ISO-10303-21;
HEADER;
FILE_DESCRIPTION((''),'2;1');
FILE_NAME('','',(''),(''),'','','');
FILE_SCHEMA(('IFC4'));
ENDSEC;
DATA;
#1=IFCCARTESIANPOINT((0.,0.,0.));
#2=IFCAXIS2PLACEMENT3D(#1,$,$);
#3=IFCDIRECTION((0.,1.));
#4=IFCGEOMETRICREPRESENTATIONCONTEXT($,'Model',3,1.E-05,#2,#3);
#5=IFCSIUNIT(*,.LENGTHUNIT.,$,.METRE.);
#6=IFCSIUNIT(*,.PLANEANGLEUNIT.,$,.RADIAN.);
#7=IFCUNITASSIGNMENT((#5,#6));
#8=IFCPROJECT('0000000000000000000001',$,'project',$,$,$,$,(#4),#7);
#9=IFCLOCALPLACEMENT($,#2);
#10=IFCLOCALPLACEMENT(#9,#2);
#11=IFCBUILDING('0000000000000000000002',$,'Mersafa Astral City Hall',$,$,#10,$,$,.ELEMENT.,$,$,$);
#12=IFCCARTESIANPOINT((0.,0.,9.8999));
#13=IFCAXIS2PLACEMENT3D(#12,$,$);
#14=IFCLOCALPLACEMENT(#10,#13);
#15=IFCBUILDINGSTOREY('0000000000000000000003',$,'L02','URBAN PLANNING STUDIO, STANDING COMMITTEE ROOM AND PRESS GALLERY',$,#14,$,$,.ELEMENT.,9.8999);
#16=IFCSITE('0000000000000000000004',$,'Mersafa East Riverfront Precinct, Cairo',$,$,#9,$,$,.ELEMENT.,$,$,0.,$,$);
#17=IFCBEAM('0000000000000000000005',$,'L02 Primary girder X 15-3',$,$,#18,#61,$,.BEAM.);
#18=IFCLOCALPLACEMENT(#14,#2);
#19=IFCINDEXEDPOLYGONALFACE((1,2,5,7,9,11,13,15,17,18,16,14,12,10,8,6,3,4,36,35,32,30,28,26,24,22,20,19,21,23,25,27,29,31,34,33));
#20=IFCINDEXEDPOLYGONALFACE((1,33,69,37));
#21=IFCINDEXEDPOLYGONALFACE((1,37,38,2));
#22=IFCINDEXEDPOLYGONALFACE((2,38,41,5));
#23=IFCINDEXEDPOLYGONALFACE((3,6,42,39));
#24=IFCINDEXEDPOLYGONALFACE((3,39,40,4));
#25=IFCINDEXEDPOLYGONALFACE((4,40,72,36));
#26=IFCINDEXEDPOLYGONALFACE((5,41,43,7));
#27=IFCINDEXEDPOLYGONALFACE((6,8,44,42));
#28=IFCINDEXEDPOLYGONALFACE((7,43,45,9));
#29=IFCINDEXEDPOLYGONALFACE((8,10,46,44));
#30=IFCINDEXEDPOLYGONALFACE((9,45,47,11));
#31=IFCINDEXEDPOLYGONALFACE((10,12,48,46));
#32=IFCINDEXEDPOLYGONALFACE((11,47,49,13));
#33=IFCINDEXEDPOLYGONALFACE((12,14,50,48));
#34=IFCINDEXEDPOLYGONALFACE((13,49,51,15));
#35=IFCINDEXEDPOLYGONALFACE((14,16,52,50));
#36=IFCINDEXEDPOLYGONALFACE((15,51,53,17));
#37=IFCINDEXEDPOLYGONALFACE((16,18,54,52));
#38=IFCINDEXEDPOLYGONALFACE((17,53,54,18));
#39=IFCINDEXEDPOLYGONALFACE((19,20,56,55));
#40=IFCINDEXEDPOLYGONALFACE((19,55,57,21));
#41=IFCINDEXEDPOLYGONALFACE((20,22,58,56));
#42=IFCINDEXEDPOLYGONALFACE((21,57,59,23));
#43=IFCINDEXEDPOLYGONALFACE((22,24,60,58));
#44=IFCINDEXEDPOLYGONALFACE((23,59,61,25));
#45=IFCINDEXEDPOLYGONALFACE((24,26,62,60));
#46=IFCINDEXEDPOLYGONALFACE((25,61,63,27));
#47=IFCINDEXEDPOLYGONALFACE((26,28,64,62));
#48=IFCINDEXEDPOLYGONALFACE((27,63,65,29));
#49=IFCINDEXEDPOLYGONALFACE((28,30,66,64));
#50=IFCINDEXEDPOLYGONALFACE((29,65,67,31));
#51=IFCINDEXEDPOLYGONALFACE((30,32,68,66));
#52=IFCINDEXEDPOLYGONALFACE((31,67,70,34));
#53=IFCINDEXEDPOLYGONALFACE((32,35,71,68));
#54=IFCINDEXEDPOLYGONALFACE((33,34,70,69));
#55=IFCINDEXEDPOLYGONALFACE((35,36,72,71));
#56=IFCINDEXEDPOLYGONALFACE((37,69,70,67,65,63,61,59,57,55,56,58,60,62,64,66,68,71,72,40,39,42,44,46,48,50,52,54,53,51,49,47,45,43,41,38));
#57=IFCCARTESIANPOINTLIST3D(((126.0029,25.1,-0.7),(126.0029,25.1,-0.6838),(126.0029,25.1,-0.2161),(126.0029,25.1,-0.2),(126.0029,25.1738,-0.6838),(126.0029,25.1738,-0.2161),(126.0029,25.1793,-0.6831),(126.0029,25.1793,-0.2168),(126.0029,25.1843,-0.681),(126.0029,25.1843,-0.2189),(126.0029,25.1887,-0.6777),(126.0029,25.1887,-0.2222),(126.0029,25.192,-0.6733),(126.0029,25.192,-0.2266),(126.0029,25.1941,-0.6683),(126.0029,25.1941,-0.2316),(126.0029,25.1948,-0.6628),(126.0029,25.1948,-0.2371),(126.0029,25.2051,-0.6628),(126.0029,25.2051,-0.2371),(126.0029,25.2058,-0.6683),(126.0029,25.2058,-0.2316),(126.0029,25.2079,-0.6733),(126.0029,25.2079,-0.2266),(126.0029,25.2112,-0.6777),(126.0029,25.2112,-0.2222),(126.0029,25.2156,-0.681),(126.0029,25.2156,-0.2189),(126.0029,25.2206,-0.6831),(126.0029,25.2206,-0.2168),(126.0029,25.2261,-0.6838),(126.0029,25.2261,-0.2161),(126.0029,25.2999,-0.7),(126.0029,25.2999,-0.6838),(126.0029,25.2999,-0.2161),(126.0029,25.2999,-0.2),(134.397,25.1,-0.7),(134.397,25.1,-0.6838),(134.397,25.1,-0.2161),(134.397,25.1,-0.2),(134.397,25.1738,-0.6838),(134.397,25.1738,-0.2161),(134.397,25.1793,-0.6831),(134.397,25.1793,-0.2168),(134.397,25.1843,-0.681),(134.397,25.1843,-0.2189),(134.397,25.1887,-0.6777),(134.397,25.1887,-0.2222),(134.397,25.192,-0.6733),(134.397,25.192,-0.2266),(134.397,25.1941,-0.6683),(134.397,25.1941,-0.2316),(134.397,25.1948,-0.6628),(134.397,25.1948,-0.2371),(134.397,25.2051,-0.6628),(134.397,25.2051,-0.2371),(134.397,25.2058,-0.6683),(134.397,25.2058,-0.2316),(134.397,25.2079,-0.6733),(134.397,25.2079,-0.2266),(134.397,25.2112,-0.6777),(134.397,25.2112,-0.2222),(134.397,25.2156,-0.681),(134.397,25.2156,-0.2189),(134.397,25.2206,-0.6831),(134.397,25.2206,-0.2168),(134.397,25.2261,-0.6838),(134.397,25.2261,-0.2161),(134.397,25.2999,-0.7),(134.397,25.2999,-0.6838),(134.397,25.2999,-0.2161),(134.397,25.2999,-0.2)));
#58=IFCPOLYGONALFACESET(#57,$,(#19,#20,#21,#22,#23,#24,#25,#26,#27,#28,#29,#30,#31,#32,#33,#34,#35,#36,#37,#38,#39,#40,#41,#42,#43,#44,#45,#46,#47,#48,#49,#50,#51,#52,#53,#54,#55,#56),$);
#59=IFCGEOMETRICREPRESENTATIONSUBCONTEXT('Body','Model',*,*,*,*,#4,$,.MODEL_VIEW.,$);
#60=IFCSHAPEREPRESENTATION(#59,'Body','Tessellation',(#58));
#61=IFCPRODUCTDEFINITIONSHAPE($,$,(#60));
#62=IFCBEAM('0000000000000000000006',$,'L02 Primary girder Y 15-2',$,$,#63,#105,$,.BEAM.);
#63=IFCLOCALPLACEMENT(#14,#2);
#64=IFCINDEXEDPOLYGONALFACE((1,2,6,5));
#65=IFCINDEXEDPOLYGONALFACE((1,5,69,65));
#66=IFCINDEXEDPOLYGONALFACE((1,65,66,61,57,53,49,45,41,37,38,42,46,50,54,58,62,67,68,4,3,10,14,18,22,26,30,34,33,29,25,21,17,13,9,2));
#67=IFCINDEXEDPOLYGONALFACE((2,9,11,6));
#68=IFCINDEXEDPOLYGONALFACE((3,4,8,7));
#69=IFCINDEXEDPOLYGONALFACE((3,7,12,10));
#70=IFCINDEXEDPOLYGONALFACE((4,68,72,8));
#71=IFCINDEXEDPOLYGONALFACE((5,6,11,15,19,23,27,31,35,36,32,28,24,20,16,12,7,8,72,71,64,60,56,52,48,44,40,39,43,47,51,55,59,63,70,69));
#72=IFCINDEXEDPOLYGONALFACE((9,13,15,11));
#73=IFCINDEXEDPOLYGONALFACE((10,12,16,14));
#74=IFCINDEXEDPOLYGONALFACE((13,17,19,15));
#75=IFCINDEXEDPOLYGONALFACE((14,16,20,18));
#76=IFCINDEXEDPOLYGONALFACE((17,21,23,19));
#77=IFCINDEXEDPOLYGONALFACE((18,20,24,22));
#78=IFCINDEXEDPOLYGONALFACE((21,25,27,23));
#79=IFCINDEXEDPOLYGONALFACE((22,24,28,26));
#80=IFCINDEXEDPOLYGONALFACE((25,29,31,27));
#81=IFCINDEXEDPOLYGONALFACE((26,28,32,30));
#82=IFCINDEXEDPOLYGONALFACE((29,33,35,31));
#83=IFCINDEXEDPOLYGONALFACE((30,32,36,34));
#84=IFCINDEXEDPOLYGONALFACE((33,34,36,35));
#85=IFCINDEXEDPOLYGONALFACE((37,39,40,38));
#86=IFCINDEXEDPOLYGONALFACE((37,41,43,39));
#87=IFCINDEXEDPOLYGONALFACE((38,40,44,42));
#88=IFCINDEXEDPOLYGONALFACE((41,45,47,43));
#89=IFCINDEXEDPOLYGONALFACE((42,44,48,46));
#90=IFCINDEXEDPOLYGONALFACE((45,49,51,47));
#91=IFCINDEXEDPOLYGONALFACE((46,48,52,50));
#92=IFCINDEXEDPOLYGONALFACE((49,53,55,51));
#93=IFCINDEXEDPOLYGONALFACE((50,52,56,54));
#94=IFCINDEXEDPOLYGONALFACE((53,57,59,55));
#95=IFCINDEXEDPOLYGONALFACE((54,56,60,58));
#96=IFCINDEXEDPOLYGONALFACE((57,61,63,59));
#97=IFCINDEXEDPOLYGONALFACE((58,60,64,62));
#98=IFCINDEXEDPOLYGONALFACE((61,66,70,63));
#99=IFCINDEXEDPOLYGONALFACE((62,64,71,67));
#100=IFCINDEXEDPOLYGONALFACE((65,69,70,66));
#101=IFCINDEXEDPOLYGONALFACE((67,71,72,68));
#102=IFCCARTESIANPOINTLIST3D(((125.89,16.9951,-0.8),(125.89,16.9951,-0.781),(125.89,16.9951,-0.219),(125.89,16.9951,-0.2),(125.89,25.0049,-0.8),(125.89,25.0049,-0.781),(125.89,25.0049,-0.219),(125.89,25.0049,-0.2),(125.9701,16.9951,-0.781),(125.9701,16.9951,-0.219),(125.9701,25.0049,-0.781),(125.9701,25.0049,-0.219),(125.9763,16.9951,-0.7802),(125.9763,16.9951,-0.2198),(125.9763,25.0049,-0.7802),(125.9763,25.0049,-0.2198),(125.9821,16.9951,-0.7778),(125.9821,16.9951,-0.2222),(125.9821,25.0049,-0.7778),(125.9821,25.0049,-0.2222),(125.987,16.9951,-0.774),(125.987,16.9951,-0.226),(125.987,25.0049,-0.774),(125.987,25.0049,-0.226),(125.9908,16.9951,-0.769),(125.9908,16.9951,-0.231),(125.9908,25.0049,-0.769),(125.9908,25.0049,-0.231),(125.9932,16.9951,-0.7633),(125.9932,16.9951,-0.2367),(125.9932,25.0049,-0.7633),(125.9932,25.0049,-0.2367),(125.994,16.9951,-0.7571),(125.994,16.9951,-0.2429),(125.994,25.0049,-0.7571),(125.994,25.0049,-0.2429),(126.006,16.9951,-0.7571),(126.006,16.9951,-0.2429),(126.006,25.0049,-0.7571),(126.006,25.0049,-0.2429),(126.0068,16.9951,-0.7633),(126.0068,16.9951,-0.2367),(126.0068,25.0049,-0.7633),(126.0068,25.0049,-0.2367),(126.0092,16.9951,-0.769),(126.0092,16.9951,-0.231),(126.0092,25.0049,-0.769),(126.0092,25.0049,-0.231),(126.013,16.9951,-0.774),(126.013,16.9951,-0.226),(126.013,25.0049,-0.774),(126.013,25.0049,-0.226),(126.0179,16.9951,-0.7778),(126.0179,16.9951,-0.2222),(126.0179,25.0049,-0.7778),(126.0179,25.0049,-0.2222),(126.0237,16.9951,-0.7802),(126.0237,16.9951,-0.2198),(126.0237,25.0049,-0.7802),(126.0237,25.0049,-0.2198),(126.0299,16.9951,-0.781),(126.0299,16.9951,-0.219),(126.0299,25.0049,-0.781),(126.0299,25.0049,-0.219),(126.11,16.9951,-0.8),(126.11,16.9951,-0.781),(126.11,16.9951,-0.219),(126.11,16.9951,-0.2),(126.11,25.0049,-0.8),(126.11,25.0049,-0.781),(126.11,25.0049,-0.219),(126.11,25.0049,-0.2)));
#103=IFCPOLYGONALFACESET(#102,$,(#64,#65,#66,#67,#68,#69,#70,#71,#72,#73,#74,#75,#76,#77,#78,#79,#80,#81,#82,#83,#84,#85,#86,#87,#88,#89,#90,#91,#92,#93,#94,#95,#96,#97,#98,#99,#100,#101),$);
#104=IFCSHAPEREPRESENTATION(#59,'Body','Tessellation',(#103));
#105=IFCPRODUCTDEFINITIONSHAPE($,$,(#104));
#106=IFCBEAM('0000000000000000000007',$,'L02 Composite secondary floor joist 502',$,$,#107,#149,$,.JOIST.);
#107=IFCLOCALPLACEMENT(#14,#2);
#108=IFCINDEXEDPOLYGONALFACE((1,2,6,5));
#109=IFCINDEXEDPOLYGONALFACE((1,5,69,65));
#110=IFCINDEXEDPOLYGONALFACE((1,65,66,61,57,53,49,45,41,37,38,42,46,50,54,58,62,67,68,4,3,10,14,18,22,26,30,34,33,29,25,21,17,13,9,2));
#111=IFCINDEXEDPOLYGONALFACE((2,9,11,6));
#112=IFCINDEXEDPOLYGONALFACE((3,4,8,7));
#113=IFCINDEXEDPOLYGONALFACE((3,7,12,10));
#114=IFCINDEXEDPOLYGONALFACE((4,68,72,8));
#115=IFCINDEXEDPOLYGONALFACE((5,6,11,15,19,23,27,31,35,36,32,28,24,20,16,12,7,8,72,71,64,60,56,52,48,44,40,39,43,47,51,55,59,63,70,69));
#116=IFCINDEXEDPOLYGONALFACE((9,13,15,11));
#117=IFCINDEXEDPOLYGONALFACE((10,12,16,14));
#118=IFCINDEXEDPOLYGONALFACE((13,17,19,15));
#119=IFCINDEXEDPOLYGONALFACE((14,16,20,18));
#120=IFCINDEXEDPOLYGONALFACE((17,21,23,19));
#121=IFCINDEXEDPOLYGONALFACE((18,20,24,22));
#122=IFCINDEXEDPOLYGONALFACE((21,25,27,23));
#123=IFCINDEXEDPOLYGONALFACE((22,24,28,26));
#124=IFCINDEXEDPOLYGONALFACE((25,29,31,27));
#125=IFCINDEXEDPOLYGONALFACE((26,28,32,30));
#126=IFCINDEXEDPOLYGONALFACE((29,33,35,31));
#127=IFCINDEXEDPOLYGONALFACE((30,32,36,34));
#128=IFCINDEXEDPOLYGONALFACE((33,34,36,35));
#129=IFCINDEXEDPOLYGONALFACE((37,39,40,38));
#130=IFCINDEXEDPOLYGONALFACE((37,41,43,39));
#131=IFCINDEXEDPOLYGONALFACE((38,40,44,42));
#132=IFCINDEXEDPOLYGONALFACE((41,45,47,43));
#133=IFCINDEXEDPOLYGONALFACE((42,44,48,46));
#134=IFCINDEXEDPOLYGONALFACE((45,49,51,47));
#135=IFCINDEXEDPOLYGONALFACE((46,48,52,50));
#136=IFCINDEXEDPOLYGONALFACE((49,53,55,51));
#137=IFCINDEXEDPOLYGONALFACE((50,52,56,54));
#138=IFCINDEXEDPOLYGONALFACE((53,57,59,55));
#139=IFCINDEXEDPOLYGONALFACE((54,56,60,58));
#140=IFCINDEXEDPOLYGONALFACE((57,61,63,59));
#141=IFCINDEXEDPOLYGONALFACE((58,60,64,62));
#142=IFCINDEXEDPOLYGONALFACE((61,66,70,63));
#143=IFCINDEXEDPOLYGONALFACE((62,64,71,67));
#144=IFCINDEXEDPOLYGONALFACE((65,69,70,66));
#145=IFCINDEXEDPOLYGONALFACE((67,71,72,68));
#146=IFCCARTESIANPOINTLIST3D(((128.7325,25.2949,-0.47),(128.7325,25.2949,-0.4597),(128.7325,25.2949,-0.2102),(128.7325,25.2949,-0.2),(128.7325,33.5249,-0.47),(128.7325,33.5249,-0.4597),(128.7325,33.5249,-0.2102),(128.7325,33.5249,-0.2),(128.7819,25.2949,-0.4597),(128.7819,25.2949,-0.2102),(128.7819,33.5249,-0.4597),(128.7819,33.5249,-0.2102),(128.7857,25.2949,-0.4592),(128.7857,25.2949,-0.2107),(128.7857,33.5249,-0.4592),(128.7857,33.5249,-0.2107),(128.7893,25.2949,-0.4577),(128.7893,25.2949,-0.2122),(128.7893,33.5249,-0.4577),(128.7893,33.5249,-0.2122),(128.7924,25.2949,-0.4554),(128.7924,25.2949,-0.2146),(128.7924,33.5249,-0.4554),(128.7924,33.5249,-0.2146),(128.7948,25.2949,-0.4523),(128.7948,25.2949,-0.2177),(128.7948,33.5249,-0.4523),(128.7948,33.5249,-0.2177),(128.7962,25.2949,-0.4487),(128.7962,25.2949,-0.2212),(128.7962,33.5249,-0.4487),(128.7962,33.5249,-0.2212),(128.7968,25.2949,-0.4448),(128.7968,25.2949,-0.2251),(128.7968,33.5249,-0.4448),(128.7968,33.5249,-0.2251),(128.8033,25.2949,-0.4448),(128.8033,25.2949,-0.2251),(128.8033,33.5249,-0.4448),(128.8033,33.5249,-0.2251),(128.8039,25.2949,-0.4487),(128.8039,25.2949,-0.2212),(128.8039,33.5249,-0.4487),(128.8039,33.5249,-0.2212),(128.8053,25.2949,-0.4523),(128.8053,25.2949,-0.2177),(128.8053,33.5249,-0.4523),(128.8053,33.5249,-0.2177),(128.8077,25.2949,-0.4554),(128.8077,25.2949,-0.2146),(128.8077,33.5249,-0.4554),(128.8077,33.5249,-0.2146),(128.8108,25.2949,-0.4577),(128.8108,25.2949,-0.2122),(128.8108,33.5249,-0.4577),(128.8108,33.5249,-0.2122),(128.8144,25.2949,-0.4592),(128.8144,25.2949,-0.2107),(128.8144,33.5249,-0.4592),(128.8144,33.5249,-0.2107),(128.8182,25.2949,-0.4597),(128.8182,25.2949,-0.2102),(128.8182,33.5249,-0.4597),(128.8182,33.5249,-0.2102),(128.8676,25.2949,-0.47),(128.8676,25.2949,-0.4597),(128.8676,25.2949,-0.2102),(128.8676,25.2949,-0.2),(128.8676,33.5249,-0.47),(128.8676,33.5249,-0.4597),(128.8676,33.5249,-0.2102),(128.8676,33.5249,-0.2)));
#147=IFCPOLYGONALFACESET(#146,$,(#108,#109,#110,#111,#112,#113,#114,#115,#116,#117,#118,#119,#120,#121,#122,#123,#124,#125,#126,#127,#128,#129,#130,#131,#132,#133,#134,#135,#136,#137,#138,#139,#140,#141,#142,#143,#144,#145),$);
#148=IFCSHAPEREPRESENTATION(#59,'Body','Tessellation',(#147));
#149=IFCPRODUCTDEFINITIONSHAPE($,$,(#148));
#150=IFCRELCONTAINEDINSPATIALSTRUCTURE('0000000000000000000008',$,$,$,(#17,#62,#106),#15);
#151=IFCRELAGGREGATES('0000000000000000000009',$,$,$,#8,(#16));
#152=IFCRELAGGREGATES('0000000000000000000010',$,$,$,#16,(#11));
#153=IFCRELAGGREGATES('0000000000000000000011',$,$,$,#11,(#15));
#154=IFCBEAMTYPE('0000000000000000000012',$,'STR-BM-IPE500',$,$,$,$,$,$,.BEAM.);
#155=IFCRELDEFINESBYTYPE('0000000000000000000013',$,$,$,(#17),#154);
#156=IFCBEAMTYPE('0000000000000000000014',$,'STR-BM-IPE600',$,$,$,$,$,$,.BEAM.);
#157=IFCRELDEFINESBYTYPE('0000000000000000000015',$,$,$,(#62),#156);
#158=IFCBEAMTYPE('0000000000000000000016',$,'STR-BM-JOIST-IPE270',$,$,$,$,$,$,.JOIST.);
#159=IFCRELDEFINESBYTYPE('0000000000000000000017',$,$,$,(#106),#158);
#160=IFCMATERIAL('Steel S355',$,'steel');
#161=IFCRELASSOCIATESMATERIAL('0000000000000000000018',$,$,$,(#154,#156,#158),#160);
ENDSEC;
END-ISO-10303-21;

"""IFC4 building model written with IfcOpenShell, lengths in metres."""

from ifc_helpers import new_model, si_unit, direction, frame, origin, origin_2d, place, context, subcontext, project, spatial, i_section, extrude, material, material_profile, profile_set, type_object, element, save


model = new_model("IFC4")

# Units and contexts
model_context = context("Model", 3, precision=1e-05, world=origin(), true_north=direction((0.0, 1.0)))
body_context = subcontext(model_context, "Body", "Model", "MODEL_VIEW")
ifc_project = project(units=[si_unit("LENGTHUNIT", "METRE"), si_unit("PLANEANGLEUNIT", "RADIAN")], contexts=[model_context])

# Site, building, storey
site_placement = place(None, origin())
site = spatial("IfcSite", under=ifc_project, at=site_placement, Name="Mersafa East Riverfront Precinct, Cairo", CompositionType="ELEMENT", RefElevation=0.0)
building_placement = place(site_placement, origin())
building = spatial("IfcBuilding", under=site, at=building_placement, Name="Mersafa Astral City Hall", CompositionType="ELEMENT")
storey_placement = place(building_placement, frame((0.0, 0.0, 9.8999)))
storey = spatial("IfcBuildingStorey", under=building, at=storey_placement, Name="L02", Description="URBAN PLANNING STUDIO, STANDING COMMITTEE ROOM AND PRESS GALLERY", CompositionType="ELEMENT", Elevation=9.8999)

# Shared definitions
ifc_material_1 = material(Name="Steel S355", Category="steel")

# Beams
ifc_material_profile_1 = material_profile(ifc_material_1, i_section(OverallWidth=0.2, OverallDepth=0.5, WebThickness=0.0103, FlangeThickness=0.0161, FilletRadius=0.021, at=origin_2d()), Name="IPE 500")
ifc_profile_set_1 = profile_set([ifc_material_profile_1], Name="Steel S355")
beam_type_1 = type_object("IfcBeamType", Name="STR-BM-IPE500", PredefinedType="BEAM", material=ifc_profile_set_1)
beam_1_placement = place(storey_placement, frame((126.0029, 25.2, -0.45), z_axis=(1.0, 0.0, 0.0), x_axis=(0.0, 1.0, 0.0)))
element("IfcBeam", 1, at=beam_1_placement, inside=storey, type_object=beam_type_1, Name="L02 Primary girder X 15-3", PredefinedType="BEAM", context=body_context, shape_type="SweptSolid", body=[
    extrude(i_section(OverallWidth=0.2, OverallDepth=0.5, WebThickness=0.0103, FlangeThickness=0.0161, FilletRadius=0.021, at=origin_2d()), origin(), (0.0, 0.0, 1.0), 8.394),
])
ifc_material_profile_2 = material_profile(ifc_material_1, i_section(OverallWidth=0.22, OverallDepth=0.6001, WebThickness=0.012, FlangeThickness=0.019, FilletRadius=0.0239, at=origin_2d()), Name="IPE 600")
ifc_profile_set_2 = profile_set([ifc_material_profile_2], Name="Steel S355")
beam_type_2 = type_object("IfcBeamType", Name="STR-BM-IPE600", PredefinedType="BEAM", material=ifc_profile_set_2)
beam_2_placement = place(storey_placement, frame((126.0, 16.9951, -0.5), z_axis=(0.0, 1.0, 0.0), x_axis=(-1.0, 0.0, 0.0)))
element("IfcBeam", 2, at=beam_2_placement, inside=storey, type_object=beam_type_2, Name="L02 Primary girder Y 15-2", PredefinedType="BEAM", context=body_context, shape_type="SweptSolid", body=[
    extrude(i_section(OverallWidth=0.22, OverallDepth=0.6001, WebThickness=0.012, FlangeThickness=0.019, FilletRadius=0.0239, at=origin_2d()), origin(), (0.0, 0.0, 1.0), 8.0098),
])
ifc_material_profile_3 = material_profile(ifc_material_1, i_section(OverallWidth=0.135, OverallDepth=0.27, WebThickness=0.0066, FlangeThickness=0.0103, FilletRadius=0.0149, at=origin_2d()), Name="IPE 270")
ifc_profile_set_3 = profile_set([ifc_material_profile_3], Name="Steel S355")
beam_type_3 = type_object("IfcBeamType", Name="STR-BM-JOIST-IPE270", PredefinedType="JOIST", material=ifc_profile_set_3)
beam_3_placement = place(storey_placement, frame((128.8, 25.2949, -0.335), z_axis=(0.0, 1.0, 0.0), x_axis=(-1.0, 0.0, 0.0)))
element("IfcBeam", 3, at=beam_3_placement, inside=storey, type_object=beam_type_3, Name="L02 Composite secondary floor joist 502", PredefinedType="JOIST", context=body_context, shape_type="SweptSolid", body=[
    extrude(i_section(OverallWidth=0.135, OverallDepth=0.27, WebThickness=0.0066, FlangeThickness=0.0103, FilletRadius=0.0149, at=origin_2d()), origin(), (0.0, 0.0, 1.0), 8.23),
])

save(model, "model.ifc")
